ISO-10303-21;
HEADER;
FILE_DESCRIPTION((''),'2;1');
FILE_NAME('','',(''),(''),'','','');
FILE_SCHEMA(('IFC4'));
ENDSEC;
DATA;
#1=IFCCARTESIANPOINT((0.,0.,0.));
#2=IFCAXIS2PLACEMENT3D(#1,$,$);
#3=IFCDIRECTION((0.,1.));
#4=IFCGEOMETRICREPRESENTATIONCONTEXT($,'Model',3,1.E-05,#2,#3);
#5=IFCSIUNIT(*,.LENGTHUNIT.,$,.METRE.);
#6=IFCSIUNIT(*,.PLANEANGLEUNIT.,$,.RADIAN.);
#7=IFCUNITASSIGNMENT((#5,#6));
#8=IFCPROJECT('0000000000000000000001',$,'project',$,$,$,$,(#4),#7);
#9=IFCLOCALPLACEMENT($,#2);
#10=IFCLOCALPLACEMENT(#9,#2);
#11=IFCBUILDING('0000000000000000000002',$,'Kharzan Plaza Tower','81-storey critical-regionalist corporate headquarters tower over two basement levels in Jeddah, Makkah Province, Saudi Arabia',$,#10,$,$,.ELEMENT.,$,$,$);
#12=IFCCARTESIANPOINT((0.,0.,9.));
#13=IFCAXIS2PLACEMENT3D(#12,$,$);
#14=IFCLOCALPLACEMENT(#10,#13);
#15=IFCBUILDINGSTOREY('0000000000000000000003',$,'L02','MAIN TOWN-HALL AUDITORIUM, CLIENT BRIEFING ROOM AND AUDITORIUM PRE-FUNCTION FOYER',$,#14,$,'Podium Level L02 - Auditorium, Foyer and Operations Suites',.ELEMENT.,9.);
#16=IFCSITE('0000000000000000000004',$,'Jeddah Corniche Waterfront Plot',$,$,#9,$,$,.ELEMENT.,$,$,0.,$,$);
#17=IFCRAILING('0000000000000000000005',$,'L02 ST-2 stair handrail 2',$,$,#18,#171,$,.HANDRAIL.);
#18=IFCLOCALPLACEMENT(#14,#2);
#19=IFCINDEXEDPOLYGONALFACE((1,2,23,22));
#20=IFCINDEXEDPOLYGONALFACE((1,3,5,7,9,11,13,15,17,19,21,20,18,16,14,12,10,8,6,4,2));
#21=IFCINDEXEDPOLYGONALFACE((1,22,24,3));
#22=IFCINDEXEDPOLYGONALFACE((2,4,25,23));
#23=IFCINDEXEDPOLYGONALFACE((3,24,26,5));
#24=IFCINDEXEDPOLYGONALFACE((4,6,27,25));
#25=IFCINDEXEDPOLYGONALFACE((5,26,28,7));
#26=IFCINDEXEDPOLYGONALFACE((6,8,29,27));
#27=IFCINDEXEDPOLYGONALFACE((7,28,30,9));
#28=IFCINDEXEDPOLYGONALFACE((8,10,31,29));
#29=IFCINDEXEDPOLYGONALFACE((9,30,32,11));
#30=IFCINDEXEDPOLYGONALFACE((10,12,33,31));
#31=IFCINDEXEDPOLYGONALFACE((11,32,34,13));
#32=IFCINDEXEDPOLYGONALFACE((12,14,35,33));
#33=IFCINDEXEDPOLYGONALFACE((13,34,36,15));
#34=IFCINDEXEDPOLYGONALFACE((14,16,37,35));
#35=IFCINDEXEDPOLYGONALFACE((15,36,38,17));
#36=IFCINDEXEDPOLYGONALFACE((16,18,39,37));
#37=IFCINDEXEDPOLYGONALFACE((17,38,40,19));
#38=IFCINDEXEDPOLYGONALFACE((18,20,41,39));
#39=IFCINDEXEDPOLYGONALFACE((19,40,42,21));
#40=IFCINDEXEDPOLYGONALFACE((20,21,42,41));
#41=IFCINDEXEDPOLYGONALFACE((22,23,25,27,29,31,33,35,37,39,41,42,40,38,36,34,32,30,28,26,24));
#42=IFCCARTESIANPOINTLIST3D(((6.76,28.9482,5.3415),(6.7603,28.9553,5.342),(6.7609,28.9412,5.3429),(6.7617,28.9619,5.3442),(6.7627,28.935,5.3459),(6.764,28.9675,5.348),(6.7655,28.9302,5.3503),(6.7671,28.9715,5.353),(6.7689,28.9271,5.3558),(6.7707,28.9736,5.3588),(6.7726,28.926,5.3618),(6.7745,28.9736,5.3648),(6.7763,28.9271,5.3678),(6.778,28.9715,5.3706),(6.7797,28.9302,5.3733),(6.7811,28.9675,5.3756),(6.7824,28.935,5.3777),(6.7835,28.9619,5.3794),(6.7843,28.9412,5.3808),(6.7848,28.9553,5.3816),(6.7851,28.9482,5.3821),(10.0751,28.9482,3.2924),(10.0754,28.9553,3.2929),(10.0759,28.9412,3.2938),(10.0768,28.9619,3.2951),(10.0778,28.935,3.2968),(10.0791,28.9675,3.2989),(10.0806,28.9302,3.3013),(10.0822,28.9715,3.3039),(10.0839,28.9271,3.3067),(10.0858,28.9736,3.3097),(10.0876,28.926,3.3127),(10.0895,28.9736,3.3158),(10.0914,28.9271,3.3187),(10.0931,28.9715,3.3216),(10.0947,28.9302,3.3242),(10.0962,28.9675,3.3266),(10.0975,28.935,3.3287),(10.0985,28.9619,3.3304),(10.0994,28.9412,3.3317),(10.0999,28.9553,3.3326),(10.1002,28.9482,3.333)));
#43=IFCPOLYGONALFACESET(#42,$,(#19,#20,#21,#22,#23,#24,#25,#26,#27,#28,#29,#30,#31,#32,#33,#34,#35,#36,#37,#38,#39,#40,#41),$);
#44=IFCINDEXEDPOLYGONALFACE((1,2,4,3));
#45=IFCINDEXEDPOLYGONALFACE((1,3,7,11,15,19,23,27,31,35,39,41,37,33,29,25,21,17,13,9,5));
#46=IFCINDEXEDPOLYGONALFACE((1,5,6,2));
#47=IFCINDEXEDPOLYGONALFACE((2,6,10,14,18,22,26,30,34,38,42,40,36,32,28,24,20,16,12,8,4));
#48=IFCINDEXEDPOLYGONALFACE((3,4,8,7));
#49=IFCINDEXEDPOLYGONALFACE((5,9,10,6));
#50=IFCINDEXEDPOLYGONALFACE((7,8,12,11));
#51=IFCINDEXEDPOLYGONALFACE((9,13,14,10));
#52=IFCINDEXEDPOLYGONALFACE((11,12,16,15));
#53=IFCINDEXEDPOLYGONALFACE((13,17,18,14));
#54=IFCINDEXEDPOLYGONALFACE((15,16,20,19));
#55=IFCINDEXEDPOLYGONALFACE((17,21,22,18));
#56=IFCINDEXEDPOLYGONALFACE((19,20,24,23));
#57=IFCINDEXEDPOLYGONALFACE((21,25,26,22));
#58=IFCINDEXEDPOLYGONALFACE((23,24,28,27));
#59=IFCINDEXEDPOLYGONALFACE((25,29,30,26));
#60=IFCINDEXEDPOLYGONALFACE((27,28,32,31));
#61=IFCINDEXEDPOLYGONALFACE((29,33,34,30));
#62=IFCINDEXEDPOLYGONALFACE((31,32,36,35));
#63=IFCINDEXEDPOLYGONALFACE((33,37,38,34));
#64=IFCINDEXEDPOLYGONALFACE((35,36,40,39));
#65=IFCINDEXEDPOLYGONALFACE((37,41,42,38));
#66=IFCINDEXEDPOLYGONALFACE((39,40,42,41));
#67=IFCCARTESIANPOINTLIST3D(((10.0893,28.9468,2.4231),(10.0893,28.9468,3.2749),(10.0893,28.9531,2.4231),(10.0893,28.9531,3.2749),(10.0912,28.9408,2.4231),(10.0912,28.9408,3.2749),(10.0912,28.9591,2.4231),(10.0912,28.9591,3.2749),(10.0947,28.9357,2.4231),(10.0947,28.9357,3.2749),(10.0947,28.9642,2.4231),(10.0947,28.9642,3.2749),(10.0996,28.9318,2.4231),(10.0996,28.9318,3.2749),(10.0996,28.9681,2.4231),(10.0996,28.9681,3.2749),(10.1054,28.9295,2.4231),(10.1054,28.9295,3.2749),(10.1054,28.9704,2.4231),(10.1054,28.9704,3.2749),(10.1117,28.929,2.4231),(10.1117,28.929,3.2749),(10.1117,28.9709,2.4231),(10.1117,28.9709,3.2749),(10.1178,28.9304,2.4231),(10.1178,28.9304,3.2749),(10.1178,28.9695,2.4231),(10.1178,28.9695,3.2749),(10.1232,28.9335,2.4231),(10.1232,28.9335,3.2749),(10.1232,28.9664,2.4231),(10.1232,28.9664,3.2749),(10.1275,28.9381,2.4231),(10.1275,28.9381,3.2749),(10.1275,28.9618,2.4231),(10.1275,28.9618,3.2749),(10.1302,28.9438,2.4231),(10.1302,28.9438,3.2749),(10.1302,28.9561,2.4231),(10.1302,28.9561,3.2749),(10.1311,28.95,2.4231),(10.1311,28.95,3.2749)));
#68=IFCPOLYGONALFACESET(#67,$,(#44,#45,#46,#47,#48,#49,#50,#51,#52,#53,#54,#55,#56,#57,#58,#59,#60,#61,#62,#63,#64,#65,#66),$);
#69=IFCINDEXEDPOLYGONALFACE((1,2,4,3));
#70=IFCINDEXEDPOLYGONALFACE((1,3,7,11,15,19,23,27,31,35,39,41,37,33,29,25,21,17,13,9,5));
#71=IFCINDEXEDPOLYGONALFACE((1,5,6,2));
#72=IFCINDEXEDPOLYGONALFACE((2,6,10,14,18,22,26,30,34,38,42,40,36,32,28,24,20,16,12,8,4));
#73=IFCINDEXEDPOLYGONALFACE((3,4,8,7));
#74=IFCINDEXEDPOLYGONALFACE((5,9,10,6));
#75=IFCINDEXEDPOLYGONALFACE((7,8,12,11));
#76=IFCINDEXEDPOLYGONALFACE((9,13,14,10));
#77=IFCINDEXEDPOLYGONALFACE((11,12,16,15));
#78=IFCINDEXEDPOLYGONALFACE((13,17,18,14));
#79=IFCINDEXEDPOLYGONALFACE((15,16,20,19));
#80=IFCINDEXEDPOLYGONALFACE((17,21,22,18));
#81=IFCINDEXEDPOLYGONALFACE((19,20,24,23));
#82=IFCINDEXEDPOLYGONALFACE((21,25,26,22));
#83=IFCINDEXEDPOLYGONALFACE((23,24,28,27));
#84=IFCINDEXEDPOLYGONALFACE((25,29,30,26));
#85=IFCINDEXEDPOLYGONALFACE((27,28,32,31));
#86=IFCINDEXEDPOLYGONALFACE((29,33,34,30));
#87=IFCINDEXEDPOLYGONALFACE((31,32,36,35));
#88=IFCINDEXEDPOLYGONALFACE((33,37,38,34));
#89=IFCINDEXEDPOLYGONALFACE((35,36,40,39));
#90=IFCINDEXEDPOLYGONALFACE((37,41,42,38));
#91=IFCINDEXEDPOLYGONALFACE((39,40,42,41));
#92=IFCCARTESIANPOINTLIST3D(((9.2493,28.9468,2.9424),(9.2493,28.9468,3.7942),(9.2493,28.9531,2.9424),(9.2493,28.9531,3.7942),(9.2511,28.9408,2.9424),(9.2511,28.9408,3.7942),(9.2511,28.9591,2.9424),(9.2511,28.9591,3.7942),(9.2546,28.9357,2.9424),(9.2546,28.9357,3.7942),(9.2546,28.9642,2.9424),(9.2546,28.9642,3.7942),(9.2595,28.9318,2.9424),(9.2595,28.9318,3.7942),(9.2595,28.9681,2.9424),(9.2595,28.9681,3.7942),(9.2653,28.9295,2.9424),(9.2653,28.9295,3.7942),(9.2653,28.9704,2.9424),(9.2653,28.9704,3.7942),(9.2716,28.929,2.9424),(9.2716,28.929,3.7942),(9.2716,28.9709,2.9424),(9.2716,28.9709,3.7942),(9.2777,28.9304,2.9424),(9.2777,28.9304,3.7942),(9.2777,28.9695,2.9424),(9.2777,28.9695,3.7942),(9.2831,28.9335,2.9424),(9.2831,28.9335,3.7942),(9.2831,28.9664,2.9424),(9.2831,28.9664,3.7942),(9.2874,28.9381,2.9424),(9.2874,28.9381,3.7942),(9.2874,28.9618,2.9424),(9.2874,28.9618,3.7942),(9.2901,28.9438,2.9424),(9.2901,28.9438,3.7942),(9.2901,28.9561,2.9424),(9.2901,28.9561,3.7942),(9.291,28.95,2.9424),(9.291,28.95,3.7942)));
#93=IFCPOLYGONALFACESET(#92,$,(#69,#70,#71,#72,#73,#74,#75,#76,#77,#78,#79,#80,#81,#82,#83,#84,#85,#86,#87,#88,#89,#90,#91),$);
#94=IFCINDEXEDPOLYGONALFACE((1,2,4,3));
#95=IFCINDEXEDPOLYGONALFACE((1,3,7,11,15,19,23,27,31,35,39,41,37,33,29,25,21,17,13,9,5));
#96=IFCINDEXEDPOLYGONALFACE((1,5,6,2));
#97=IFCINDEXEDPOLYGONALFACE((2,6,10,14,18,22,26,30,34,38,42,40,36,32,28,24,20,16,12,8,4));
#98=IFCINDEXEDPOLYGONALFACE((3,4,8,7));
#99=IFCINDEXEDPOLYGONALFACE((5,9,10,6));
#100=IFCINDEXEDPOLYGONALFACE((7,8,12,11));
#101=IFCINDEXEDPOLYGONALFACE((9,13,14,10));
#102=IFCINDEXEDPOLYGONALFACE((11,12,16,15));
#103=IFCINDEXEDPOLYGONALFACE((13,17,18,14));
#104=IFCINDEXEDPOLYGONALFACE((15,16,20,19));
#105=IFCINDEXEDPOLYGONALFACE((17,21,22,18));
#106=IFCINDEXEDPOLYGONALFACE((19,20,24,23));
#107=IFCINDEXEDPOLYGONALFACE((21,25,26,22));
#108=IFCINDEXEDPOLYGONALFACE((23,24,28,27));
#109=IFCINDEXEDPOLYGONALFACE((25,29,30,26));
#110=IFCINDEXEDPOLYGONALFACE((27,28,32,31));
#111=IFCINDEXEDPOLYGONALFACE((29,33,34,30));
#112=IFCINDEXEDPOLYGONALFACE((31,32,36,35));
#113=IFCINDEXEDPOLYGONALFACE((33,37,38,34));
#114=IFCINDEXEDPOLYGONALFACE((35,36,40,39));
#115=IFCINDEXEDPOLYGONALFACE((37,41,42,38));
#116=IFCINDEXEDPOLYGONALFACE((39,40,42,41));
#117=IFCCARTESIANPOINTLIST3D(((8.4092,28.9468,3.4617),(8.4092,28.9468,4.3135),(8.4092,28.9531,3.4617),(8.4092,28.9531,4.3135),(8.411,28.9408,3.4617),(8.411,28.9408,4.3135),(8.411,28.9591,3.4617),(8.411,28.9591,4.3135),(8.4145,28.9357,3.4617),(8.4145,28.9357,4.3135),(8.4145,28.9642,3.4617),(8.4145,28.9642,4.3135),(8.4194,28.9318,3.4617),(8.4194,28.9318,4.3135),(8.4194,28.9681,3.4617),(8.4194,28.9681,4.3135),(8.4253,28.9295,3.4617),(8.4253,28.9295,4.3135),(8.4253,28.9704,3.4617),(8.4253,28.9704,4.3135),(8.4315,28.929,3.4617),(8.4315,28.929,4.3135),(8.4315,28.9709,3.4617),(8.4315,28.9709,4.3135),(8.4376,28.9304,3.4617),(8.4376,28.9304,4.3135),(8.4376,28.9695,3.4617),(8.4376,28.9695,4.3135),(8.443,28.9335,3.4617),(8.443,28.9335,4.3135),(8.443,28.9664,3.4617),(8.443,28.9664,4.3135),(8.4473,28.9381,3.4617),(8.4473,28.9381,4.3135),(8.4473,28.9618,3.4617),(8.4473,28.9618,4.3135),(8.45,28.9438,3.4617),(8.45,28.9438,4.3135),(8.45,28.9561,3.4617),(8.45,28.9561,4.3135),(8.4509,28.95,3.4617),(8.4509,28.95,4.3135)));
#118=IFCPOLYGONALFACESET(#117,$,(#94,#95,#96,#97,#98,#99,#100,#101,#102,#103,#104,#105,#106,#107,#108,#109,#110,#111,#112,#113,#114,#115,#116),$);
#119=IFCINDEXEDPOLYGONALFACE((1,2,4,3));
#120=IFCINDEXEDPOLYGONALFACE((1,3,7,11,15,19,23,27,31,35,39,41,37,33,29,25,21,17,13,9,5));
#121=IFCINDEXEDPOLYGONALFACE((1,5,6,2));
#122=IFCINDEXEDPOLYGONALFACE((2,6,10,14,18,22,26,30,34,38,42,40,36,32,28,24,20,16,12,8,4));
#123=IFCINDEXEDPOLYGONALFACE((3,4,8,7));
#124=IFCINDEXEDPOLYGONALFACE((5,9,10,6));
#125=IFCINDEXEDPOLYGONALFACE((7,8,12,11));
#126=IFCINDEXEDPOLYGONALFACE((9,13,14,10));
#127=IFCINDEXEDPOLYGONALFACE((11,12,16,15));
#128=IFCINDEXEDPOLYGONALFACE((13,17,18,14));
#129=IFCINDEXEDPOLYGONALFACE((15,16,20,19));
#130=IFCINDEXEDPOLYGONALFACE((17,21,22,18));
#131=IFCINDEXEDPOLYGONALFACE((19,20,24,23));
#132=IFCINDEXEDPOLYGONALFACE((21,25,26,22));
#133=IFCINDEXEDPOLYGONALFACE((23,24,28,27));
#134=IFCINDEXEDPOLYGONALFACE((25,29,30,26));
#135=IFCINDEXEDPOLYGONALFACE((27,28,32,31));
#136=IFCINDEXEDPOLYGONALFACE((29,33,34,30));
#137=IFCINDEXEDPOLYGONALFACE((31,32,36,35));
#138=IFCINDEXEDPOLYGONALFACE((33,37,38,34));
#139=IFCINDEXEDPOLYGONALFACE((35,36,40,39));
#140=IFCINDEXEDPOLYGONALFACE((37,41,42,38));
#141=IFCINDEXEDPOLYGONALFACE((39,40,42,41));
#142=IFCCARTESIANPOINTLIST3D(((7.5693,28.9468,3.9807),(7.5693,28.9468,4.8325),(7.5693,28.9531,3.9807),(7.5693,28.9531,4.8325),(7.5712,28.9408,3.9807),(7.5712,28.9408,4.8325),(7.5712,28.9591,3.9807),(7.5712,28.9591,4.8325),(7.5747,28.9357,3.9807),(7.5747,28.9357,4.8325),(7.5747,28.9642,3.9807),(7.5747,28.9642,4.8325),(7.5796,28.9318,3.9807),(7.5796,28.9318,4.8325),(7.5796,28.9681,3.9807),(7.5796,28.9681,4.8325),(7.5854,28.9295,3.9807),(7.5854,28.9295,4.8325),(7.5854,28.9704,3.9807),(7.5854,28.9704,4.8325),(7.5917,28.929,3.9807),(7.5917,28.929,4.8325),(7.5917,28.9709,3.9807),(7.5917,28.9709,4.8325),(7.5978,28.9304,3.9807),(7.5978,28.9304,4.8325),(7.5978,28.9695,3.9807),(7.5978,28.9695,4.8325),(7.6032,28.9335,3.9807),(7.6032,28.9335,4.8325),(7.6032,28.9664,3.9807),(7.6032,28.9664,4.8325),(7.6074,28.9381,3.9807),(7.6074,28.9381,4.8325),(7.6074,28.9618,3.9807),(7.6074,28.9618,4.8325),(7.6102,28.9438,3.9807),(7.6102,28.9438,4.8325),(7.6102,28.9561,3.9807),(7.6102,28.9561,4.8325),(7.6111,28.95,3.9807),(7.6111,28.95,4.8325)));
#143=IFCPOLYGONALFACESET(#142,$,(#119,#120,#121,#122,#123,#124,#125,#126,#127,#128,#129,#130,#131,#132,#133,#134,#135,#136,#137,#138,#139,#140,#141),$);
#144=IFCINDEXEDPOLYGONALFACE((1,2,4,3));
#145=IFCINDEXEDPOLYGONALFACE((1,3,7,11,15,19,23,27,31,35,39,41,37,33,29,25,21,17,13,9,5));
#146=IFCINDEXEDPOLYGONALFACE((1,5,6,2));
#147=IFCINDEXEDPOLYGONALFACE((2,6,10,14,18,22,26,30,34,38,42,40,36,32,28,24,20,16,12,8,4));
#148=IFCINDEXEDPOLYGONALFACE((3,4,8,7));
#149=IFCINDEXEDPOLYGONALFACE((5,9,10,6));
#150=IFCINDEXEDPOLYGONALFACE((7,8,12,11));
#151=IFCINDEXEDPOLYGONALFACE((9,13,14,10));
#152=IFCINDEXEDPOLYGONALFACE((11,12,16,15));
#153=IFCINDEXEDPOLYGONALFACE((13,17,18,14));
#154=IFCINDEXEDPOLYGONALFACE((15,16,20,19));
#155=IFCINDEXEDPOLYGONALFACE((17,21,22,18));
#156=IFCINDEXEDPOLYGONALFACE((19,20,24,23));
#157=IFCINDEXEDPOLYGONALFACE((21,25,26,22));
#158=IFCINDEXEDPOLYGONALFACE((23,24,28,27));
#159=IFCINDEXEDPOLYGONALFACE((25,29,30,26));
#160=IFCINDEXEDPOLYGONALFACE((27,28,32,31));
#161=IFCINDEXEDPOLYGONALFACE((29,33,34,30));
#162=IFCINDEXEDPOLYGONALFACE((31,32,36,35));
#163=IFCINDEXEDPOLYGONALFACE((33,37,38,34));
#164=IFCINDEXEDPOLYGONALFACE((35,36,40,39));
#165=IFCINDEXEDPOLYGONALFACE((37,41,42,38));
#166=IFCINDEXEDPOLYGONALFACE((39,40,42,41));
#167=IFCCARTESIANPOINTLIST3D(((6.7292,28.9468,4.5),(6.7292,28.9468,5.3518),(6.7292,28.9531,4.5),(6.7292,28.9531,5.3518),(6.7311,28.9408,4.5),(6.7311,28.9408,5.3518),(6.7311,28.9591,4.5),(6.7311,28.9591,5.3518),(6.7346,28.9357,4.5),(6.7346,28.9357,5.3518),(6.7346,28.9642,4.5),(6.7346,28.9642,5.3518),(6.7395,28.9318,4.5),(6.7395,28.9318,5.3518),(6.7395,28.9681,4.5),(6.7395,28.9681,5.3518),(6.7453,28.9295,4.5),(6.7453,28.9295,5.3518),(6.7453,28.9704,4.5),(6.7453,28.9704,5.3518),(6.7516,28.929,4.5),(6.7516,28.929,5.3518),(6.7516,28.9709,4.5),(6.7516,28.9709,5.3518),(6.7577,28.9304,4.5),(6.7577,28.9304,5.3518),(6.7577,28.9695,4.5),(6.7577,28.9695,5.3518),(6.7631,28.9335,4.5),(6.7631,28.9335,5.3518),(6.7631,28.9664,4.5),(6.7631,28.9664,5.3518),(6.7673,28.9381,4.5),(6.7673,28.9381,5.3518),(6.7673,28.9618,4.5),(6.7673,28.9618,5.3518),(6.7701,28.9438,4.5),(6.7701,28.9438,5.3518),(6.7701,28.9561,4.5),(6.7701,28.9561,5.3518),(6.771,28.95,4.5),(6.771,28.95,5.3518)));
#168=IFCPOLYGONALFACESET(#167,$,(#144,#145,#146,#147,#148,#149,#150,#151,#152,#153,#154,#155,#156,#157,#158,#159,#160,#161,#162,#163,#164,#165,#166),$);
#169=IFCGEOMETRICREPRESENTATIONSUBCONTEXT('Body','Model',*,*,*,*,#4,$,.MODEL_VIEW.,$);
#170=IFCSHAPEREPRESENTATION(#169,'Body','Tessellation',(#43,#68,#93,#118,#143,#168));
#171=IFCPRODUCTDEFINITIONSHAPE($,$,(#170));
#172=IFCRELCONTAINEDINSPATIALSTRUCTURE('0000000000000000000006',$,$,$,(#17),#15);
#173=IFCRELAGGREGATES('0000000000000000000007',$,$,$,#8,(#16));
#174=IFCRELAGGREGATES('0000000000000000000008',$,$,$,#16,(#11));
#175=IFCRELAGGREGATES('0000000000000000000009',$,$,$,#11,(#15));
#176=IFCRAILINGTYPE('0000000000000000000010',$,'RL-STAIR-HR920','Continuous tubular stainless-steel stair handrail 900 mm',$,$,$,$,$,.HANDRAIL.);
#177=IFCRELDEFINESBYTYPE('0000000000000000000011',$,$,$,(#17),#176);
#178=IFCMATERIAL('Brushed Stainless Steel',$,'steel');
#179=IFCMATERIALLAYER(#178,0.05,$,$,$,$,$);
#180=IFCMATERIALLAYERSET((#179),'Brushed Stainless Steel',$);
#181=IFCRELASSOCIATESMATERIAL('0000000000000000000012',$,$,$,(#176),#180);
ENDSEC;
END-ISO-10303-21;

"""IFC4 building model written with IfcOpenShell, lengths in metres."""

from ifc_helpers import new_model, si_unit, direction, frame, origin, origin_2d, place, context, subcontext, project, spatial, circle, extrude, source, transform, mapped, material, layer, layer_set, type_object, element, save


model = new_model("IFC4")

# Units and contexts
model_context = context("Model", 3, precision=1e-05, world=origin(), true_north=direction((0.0, 1.0)))
body_context = subcontext(model_context, "Body", "Model", "MODEL_VIEW")
ifc_project = project(units=[si_unit("LENGTHUNIT", "METRE"), si_unit("PLANEANGLEUNIT", "RADIAN")], contexts=[model_context])

# Site, building, storey
site_placement = place(None, origin())
site = spatial("IfcSite", under=ifc_project, at=site_placement, Name="Jeddah Corniche Waterfront Plot", CompositionType="ELEMENT", RefElevation=0.0)
building_placement = place(site_placement, origin())
building = spatial("IfcBuilding", under=site, at=building_placement, Name="Kharzan Plaza Tower", Description="81-storey critical-regionalist corporate headquarters tower over two basement levels in Jeddah, Makkah Province, Saudi Arabia", CompositionType="ELEMENT")
storey_placement = place(building_placement, frame((0.0, 0.0, 9.0)))
storey = spatial("IfcBuildingStorey", under=building, at=storey_placement, Name="L02", Description="MAIN TOWN-HALL AUDITORIUM, CLIENT BRIEFING ROOM AND AUDITORIUM PRE-FUNCTION FOYER", LongName="Podium Level L02 - Auditorium, Foyer and Operations Suites", CompositionType="ELEMENT", Elevation=9.0)

# Railing
ifc_material_1 = material(Name="Brushed Stainless Steel", Category="steel")
ifc_layer_1 = layer(ifc_material_1, 0.05)
ifc_layer_set_1 = layer_set([ifc_layer_1], Name="Brushed Stainless Steel")
railing_type_1 = type_object("IfcRailingType", Name="RL-STAIR-HR920", Description="Continuous tubular stainless-steel stair handrail 900 mm", PredefinedType="HANDRAIL", material=ifc_layer_set_1)
shared_shape_1 = source(origin(), body_context, "Body", "SweptSolid", [
    extrude(circle(Radius=0.0239, at=origin_2d()), frame((-0.0225, 0.0, 0.8896), z_axis=(-0.850623, 0.0, 0.525776), x_axis=(0.0, -1.0, 0.0)), (0.0, 0.0, 1.0), 3.8972),
    extrude(circle(Radius=0.021, at=origin_2d()), origin(), (0.0, 0.0, 1.0), 0.8518),
    extrude(circle(Radius=0.021, at=origin_2d()), frame((-0.8401, 0.0, 0.5193)), (0.0, 0.0, 1.0), 0.8518),
    extrude(circle(Radius=0.021, at=origin_2d()), frame((-1.6802, 0.0, 1.0386)), (0.0, 0.0, 1.0), 0.8518),
    extrude(circle(Radius=0.021, at=origin_2d()), frame((-2.52, 0.0, 1.5576)), (0.0, 0.0, 1.0), 0.8518),
    extrude(circle(Radius=0.021, at=origin_2d()), frame((-3.3601, 0.0, 2.0769)), (0.0, 0.0, 1.0), 0.8518),
])
railing_1_placement = place(storey_placement, frame((10.1101, 28.95, 2.4231)))
element("IfcRailing", 1, at=railing_1_placement, inside=storey, type_object=railing_type_1, Name="L02 ST-2 stair handrail 2", PredefinedType="HANDRAIL", context=body_context, shape_type="MappedRepresentation", body=[
    mapped(shared_shape_1, transform((0.0, 0.0, 0.0), x_axis=(1.0, 0.0, 0.0), y_axis=(0.0, 1.0, 0.0), z_axis=(0.0, 0.0, 1.0))),
])

save(model, "model.ifc")
